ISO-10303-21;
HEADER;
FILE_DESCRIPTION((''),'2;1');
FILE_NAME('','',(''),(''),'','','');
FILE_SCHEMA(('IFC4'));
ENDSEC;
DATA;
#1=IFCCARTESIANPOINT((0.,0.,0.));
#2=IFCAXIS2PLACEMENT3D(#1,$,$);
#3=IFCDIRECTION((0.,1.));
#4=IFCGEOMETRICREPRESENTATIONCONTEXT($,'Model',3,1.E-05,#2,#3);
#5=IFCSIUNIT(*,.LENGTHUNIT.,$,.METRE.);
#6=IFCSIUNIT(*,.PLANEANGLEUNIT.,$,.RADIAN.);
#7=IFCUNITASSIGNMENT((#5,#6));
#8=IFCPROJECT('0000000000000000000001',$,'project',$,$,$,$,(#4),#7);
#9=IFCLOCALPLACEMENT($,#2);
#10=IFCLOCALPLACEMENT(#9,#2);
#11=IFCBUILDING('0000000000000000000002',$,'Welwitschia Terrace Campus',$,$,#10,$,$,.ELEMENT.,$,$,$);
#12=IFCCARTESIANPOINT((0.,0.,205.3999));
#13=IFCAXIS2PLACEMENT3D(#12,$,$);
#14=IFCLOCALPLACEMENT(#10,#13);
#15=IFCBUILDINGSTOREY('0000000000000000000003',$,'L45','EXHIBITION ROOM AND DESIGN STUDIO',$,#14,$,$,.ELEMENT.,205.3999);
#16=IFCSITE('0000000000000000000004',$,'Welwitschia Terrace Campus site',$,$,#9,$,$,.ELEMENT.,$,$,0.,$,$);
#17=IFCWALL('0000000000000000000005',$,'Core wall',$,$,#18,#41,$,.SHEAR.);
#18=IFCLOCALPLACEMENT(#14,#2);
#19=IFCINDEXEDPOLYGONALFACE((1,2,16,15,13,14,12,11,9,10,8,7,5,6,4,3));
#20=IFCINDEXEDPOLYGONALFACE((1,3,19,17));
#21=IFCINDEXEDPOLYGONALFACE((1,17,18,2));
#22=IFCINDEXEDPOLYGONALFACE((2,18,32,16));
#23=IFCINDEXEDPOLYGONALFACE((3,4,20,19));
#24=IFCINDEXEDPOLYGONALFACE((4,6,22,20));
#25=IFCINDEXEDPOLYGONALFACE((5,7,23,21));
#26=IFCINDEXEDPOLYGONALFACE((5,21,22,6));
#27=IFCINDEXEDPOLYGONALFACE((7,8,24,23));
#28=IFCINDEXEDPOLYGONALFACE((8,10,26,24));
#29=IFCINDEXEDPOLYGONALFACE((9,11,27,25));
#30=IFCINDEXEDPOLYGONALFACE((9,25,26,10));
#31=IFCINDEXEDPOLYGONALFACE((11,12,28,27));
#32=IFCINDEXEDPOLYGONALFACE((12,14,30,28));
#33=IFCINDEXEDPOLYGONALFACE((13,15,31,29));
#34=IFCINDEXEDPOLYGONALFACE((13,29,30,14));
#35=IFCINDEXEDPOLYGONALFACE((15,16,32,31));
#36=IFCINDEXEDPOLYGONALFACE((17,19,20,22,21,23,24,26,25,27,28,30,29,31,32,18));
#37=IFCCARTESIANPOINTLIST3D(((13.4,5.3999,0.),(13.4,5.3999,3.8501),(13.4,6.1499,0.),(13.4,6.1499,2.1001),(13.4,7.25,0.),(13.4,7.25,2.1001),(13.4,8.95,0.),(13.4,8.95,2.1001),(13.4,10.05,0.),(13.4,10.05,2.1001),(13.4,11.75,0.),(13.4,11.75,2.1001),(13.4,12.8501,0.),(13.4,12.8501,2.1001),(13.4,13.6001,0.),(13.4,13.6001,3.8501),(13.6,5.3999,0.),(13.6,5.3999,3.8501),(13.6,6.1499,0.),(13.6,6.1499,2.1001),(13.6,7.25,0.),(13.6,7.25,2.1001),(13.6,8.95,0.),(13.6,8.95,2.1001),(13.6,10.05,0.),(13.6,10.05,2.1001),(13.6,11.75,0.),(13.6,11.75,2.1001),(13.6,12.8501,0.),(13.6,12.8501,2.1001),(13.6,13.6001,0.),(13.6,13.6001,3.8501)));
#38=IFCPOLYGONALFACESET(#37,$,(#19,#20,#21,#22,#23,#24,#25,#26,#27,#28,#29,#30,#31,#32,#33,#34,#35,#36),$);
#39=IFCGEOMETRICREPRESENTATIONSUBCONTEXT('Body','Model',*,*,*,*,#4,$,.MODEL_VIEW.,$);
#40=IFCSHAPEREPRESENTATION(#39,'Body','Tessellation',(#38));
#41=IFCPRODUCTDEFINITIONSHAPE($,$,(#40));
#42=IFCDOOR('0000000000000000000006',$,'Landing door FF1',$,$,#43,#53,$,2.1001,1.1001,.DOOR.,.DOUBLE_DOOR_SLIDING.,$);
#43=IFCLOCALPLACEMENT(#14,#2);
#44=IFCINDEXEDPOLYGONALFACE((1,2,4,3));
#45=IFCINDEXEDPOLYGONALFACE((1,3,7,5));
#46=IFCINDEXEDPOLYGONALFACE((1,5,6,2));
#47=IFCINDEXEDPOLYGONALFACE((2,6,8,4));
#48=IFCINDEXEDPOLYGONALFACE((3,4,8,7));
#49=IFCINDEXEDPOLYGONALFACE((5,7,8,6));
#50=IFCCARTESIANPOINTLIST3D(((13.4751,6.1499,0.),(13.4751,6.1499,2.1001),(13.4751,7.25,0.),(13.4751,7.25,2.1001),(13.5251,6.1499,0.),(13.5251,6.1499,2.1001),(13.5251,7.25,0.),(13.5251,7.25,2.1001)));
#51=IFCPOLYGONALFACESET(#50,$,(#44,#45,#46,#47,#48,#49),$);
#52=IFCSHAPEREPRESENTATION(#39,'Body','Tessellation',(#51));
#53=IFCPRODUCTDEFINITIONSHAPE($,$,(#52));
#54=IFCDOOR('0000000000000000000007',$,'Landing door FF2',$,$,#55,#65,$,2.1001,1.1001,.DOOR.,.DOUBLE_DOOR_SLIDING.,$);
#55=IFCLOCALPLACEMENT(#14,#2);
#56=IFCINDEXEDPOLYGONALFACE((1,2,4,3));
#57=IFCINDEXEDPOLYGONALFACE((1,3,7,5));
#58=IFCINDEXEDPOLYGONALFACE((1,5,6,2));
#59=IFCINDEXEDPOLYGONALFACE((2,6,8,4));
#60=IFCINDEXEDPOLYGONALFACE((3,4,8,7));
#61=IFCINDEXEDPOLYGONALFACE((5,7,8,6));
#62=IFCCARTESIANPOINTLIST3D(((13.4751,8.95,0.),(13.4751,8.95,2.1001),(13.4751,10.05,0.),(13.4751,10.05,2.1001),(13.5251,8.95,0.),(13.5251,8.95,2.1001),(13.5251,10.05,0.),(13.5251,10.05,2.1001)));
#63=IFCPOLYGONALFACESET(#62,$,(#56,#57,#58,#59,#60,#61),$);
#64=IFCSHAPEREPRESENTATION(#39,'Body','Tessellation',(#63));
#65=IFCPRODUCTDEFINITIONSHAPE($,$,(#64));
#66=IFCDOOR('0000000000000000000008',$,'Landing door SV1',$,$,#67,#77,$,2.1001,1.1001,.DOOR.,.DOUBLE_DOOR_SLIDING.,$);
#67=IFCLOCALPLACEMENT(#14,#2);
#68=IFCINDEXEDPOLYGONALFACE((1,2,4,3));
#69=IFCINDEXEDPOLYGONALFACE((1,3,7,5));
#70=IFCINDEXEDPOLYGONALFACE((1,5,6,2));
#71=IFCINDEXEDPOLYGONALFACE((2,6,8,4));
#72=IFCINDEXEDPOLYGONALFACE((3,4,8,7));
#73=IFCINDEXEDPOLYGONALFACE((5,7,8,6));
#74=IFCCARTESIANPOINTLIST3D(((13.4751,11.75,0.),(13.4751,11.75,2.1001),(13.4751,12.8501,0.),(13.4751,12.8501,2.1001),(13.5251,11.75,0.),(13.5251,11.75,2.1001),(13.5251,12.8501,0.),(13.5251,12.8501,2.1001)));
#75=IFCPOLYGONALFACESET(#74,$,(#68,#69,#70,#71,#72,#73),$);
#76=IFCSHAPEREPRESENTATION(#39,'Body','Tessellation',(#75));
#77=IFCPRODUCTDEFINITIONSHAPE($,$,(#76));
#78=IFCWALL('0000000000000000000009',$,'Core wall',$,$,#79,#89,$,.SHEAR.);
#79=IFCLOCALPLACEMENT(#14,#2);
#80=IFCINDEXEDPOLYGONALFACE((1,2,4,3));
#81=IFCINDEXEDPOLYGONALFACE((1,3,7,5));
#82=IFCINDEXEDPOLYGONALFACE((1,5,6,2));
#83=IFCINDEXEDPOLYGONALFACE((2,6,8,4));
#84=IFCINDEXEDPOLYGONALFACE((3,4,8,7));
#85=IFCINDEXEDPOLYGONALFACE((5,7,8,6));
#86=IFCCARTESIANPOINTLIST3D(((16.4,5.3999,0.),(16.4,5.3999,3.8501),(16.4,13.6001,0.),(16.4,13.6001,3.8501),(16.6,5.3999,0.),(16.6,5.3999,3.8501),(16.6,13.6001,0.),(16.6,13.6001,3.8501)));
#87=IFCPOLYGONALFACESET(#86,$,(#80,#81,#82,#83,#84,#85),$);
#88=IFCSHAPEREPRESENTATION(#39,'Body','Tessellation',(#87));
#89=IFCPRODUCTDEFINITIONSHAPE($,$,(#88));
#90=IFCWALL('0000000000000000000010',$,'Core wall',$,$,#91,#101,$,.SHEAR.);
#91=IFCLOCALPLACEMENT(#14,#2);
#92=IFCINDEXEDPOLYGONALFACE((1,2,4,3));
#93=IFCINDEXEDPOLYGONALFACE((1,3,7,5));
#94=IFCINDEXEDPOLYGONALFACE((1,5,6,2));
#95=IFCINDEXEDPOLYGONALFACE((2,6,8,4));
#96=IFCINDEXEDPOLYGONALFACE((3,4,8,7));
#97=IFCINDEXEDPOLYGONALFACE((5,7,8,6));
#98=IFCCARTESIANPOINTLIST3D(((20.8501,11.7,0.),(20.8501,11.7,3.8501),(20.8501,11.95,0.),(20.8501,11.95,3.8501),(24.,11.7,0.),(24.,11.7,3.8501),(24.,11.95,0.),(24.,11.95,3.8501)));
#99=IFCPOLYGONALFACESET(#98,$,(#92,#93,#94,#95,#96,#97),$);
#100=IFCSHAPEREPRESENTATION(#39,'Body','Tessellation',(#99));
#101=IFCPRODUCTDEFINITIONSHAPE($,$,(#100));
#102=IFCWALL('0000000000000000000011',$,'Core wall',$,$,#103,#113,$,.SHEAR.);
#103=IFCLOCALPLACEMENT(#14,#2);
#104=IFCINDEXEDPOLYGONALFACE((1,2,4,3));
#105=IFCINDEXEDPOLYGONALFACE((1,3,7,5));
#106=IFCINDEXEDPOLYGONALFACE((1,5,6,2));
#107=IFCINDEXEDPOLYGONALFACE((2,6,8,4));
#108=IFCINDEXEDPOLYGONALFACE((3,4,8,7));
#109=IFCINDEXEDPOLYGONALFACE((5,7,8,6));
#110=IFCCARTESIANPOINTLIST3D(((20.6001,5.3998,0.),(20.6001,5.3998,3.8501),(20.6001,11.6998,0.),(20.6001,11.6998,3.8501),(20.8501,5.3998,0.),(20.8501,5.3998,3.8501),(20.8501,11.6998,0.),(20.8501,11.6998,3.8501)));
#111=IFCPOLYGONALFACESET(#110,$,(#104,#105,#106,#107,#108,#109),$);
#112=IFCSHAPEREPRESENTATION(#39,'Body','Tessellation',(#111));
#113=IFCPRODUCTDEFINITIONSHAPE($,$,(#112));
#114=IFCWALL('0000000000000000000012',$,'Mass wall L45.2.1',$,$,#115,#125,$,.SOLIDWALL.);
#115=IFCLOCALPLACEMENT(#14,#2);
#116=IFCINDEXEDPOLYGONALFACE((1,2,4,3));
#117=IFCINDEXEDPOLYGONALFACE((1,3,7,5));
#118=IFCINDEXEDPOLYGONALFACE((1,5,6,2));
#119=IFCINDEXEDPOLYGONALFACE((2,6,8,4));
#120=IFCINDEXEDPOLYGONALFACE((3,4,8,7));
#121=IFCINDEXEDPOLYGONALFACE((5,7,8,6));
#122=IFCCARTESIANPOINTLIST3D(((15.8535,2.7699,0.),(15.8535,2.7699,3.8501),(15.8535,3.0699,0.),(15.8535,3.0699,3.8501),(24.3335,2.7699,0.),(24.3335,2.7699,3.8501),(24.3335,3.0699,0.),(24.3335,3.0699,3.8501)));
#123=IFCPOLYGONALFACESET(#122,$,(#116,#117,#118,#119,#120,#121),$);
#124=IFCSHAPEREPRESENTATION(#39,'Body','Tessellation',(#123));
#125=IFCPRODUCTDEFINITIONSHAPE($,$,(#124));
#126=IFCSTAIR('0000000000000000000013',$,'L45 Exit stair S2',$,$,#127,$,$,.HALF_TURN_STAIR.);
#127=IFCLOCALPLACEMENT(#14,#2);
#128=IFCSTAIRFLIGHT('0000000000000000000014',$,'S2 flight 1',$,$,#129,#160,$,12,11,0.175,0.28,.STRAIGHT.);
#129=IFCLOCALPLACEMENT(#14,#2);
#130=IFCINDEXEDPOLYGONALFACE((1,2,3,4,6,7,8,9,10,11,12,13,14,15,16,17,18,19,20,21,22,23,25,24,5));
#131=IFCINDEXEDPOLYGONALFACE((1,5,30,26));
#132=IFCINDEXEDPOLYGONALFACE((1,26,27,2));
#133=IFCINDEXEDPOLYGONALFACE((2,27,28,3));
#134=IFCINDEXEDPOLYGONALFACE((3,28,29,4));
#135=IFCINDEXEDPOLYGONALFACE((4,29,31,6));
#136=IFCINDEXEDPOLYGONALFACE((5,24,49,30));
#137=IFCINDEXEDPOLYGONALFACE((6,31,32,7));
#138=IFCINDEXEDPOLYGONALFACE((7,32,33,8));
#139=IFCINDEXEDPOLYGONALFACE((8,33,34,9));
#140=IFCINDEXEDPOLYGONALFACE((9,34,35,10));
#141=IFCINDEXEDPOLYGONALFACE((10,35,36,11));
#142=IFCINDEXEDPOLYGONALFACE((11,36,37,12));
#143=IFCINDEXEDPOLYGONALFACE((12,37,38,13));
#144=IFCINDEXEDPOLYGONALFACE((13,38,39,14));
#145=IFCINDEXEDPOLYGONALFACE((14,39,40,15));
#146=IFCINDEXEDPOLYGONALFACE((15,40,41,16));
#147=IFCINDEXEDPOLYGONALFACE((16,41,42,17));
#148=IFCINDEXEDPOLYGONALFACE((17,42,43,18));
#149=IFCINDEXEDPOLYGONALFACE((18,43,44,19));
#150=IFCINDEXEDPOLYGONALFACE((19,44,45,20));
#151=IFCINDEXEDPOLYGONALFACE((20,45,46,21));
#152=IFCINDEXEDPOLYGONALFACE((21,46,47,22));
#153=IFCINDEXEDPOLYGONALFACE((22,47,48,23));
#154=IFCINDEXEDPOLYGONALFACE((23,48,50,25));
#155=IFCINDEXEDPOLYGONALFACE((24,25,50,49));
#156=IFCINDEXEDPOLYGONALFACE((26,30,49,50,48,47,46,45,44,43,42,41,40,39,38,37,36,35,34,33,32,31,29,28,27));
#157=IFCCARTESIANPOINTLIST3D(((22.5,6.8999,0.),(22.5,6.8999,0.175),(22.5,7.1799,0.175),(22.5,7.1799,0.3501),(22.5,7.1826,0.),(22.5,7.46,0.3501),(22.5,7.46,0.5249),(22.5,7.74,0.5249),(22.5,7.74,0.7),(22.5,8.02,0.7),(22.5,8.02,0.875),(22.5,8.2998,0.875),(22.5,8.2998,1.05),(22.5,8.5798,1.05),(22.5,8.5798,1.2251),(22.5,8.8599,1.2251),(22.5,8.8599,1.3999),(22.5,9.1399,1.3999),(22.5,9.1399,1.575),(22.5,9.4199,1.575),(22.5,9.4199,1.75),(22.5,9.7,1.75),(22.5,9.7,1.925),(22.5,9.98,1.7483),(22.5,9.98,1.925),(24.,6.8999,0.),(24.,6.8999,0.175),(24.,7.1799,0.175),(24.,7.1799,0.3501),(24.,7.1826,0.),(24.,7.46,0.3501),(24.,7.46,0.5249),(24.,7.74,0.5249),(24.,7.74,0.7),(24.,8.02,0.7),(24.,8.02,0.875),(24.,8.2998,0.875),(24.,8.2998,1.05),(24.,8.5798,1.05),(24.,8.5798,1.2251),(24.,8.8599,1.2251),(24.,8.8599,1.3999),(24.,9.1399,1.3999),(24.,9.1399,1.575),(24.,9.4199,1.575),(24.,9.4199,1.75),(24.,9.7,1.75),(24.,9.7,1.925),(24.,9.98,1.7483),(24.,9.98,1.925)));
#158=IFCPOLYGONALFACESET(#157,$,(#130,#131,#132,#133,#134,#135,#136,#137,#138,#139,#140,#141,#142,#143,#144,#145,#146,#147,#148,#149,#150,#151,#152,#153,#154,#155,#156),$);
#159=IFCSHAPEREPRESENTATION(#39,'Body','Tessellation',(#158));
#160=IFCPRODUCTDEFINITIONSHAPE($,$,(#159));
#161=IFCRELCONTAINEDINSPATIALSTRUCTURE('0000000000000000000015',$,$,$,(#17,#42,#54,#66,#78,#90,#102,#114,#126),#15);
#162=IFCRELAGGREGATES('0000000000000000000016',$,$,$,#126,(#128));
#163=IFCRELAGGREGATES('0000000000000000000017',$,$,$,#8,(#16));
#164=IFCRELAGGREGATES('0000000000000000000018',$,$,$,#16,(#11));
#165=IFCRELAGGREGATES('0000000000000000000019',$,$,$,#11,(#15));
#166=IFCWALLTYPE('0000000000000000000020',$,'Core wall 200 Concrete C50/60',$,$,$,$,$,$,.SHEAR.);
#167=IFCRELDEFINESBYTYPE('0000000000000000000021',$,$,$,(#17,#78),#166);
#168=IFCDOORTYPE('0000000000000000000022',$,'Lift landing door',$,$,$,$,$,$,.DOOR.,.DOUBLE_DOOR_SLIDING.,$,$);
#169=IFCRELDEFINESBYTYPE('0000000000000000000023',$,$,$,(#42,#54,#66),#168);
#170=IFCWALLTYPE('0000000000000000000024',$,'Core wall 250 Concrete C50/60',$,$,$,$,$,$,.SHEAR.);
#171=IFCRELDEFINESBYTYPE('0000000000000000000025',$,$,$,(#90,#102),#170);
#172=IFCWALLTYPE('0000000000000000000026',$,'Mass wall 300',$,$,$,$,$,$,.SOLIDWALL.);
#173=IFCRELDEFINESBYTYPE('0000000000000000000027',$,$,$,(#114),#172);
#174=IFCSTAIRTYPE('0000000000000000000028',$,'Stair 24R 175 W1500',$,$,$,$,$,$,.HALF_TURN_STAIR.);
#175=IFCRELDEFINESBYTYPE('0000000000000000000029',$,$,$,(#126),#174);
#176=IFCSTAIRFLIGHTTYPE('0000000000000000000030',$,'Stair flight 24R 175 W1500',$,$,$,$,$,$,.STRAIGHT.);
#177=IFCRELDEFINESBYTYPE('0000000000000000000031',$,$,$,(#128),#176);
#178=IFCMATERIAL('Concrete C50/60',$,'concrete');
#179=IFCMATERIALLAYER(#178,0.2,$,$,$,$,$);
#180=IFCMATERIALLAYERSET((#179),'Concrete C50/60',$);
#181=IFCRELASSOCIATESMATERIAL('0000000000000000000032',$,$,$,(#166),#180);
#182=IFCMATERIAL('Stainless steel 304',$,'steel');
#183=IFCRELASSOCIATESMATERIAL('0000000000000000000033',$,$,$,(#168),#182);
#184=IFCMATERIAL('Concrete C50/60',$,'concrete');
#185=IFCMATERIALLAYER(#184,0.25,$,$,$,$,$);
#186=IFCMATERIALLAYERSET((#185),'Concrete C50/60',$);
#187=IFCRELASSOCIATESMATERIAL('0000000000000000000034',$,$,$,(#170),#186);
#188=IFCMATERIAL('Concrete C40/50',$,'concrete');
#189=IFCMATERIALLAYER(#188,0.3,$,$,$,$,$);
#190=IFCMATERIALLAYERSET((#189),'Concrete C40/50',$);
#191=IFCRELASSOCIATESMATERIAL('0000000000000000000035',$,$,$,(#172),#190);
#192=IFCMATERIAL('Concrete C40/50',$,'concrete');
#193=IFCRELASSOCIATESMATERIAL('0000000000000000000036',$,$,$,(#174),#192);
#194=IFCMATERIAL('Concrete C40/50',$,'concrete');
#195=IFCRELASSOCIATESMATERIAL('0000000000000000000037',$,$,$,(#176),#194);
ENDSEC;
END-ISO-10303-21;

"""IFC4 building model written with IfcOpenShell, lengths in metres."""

from ifc_helpers import new_model, si_unit, direction, frame, frame_2d, origin, place, context, subcontext, project, spatial, polyline, rectangle, outline, extrude, material, layer, layer_set, type_object, element, fill, aggregate, save


model = new_model("IFC4")

# Units and contexts
model_context = context("Model", 3, precision=1e-05, world=origin(), true_north=direction((0.0, 1.0)))
body_context = subcontext(model_context, "Body", "Model", "MODEL_VIEW")
ifc_project = project(units=[si_unit("LENGTHUNIT", "METRE"), si_unit("PLANEANGLEUNIT", "RADIAN")], contexts=[model_context])

# Site, building, storey
site_placement = place(None, origin())
site = spatial("IfcSite", under=ifc_project, at=site_placement, Name="Welwitschia Terrace Campus site", CompositionType="ELEMENT", RefElevation=0.0)
building_placement = place(site_placement, origin())
building = spatial("IfcBuilding", under=site, at=building_placement, Name="Welwitschia Terrace Campus", CompositionType="ELEMENT")
storey_placement = place(building_placement, frame((0.0, 0.0, 205.3999)))
storey = spatial("IfcBuildingStorey", under=building, at=storey_placement, Name="L45", Description="EXHIBITION ROOM AND DESIGN STUDIO", CompositionType="ELEMENT", Elevation=205.3999)

# Shared definitions
ifc_material_1 = material(Name="Concrete C50/60", Category="concrete")
ifc_layer_1 = layer(ifc_material_1, 0.2)
ifc_layer_set_1 = layer_set([ifc_layer_1], Name="Concrete C50/60")
wall_type_1 = type_object("IfcWallType", Name="Core wall 200 Concrete C50/60", PredefinedType="SHEAR", material=ifc_layer_set_1)

# Wall, openings, doors
wall_1_placement = place(storey_placement, frame((13.5, 5.3999, 0.0), z_axis=(0.0, 0.0, 1.0), x_axis=(0.0, 1.0, 0.0)))
wall_1 = element("IfcWall", 1, at=wall_1_placement, inside=storey, type_object=wall_type_1, Name="Core wall", PredefinedType="SHEAR", context=body_context, shape_type="SweptSolid", body=[
    extrude(rectangle(XDim=8.2002, YDim=0.2, at=frame_2d((4.1001, 0.0))), origin(), (0.0, 0.0, 1.0), 3.8501),
])
opening_1_placement = place(wall_1_placement, frame((0.75, 0.0, 0.0)))
opening_1 = element("IfcOpeningElement", 2, at=opening_1_placement, cuts=wall_1, PredefinedType="OPENING", context=body_context, shape_type="SweptSolid", body=[
    extrude(rectangle(XDim=1.1001, YDim=2.1001, at=frame_2d((0.55, 1.05))), frame((0.0, 0.1099, 0.0), z_axis=(0.0, -1.0, 0.0), x_axis=(1.0, 0.0, 0.0)), (0.0, 0.0, 1.0), 0.22),
])
opening_2_placement = place(wall_1_placement, frame((3.55, 0.0, 0.0)))
opening_2 = element("IfcOpeningElement", 3, at=opening_2_placement, cuts=wall_1, PredefinedType="OPENING", context=body_context, shape_type="SweptSolid", body=[
    extrude(rectangle(XDim=1.1001, YDim=2.1001, at=frame_2d((0.55, 1.05))), frame((0.0, 0.1099, 0.0), z_axis=(0.0, -1.0, 0.0), x_axis=(1.0, 0.0, 0.0)), (0.0, 0.0, 1.0), 0.22),
])
opening_3_placement = place(wall_1_placement, frame((6.3501, 0.0, 0.0)))
opening_3 = element("IfcOpeningElement", 4, at=opening_3_placement, cuts=wall_1, PredefinedType="OPENING", context=body_context, shape_type="SweptSolid", body=[
    extrude(rectangle(XDim=1.1001, YDim=2.1001, at=frame_2d((0.55, 1.05))), frame((0.0, 0.1099, 0.0), z_axis=(0.0, -1.0, 0.0), x_axis=(1.0, 0.0, 0.0)), (0.0, 0.0, 1.0), 0.22),
])
ifc_material_2 = material(Name="Stainless steel 304", Category="steel")
door_type = type_object("IfcDoorType", Name="Lift landing door", OperationType="DOUBLE_DOOR_SLIDING", PredefinedType="DOOR", material=ifc_material_2)
door_1_placement = place(opening_1_placement, origin())
door_1 = element("IfcDoor", 5, at=door_1_placement, inside=storey, type_object=door_type, Name="Landing door FF1", OperationType="DOUBLE_DOOR_SLIDING", OverallHeight=2.1001, OverallWidth=1.1001, PredefinedType="DOOR", context=body_context, shape_type="SweptSolid", body=[
    extrude(rectangle(XDim=1.1001, YDim=2.1001, at=frame_2d((0.55, 1.05))), frame((0.0, 0.0249, 0.0), z_axis=(0.0, -1.0, 0.0), x_axis=(1.0, 0.0, 0.0)), (0.0, 0.0, 1.0), 0.05),
])
fill(opening_1, door_1)
door_2_placement = place(opening_2_placement, origin())
door_2 = element("IfcDoor", 6, at=door_2_placement, inside=storey, type_object=door_type, Name="Landing door FF2", OperationType="DOUBLE_DOOR_SLIDING", OverallHeight=2.1001, OverallWidth=1.1001, PredefinedType="DOOR", context=body_context, shape_type="SweptSolid", body=[
    extrude(rectangle(XDim=1.1001, YDim=2.1001, at=frame_2d((0.55, 1.05))), frame((0.0, 0.0249, 0.0), z_axis=(0.0, -1.0, 0.0), x_axis=(1.0, 0.0, 0.0)), (0.0, 0.0, 1.0), 0.05),
])
fill(opening_2, door_2)
door_3_placement = place(opening_3_placement, origin())
door_3 = element("IfcDoor", 7, at=door_3_placement, inside=storey, type_object=door_type, Name="Landing door SV1", OperationType="DOUBLE_DOOR_SLIDING", OverallHeight=2.1001, OverallWidth=1.1001, PredefinedType="DOOR", context=body_context, shape_type="SweptSolid", body=[
    extrude(rectangle(XDim=1.1001, YDim=2.1001, at=frame_2d((0.55, 1.05))), frame((0.0, 0.0249, 0.0), z_axis=(0.0, -1.0, 0.0), x_axis=(1.0, 0.0, 0.0)), (0.0, 0.0, 1.0), 0.05),
])
fill(opening_3, door_3)

# Walls
wall_2_placement = place(storey_placement, frame((16.5, 5.3999, 0.0), z_axis=(0.0, 0.0, 1.0), x_axis=(0.0, 1.0, 0.0)))
element("IfcWall", 8, at=wall_2_placement, inside=storey, type_object=wall_type_1, Name="Core wall", PredefinedType="SHEAR", context=body_context, shape_type="SweptSolid", body=[
    extrude(rectangle(XDim=8.2002, YDim=0.2, at=frame_2d((4.1001, 0.0))), origin(), (0.0, 0.0, 1.0), 3.8501),
])
ifc_material_3 = material(Name="Concrete C50/60", Category="concrete")
ifc_layer_2 = layer(ifc_material_3, 0.25)
ifc_layer_set_2 = layer_set([ifc_layer_2], Name="Concrete C50/60")
wall_type_2 = type_object("IfcWallType", Name="Core wall 250 Concrete C50/60", PredefinedType="SHEAR", material=ifc_layer_set_2)
wall_3_placement = place(storey_placement, frame((20.8501, 11.825, 0.0), z_axis=(0.0, 0.0, 1.0), x_axis=(1.0, 0.0, 0.0)))
element("IfcWall", 9, at=wall_3_placement, inside=storey, type_object=wall_type_2, Name="Core wall", PredefinedType="SHEAR", context=body_context, shape_type="SweptSolid", body=[
    extrude(rectangle(XDim=3.1499, YDim=0.25, at=frame_2d((1.575, 0.0))), origin(), (0.0, 0.0, 1.0), 3.8501),
])
wall_4_placement = place(storey_placement, frame((20.7251, 5.3999, 0.0), z_axis=(0.0, 0.0, 1.0), x_axis=(0.0, 1.0, 0.0)))
element("IfcWall", 10, at=wall_4_placement, inside=storey, type_object=wall_type_2, Name="Core wall", PredefinedType="SHEAR", context=body_context, shape_type="SweptSolid", body=[
    extrude(rectangle(XDim=6.3, YDim=0.25, at=frame_2d((3.1499, 0.0))), origin(), (0.0, 0.0, 1.0), 3.8501),
])
ifc_material_4 = material(Name="Concrete C40/50", Category="concrete")
ifc_layer_3 = layer(ifc_material_4, 0.3)
ifc_layer_set_3 = layer_set([ifc_layer_3], Name="Concrete C40/50")
wall_type_3 = type_object("IfcWallType", Name="Mass wall 300", PredefinedType="SOLIDWALL", material=ifc_layer_set_3)
wall_5_placement = place(storey_placement, frame((15.8535, 2.9199, 0.0), z_axis=(0.0, 0.0, 1.0), x_axis=(1.0, 0.0, 0.0)))
element("IfcWall", 11, at=wall_5_placement, inside=storey, type_object=wall_type_3, Name="Mass wall L45.2.1", PredefinedType="SOLIDWALL", context=body_context, shape_type="SweptSolid", body=[
    extrude(rectangle(XDim=8.48, YDim=0.3, at=frame_2d((4.24, 0.0))), origin(), (0.0, 0.0, 1.0), 3.8501),
])

# Stair, stair flight
ifc_material_5 = material(Name="Concrete C40/50", Category="concrete")
stair_type = type_object("IfcStairType", Name="Stair 24R 175 W1500", PredefinedType="HALF_TURN_STAIR", material=ifc_material_5)
stair_placement = place(storey_placement, origin())
stair = element("IfcStair", 12, at=stair_placement, inside=storey, type_object=stair_type, Name="L45 Exit stair S2", PredefinedType="HALF_TURN_STAIR")
ifc_material_6 = material(Name="Concrete C40/50", Category="concrete")
stair_flight_type = type_object("IfcStairFlightType", Name="Stair flight 24R 175 W1500", PredefinedType="STRAIGHT", material=ifc_material_6)
stair_flight_1_placement = place(storey_placement, frame((23.25, 6.8999, 0.0), z_axis=(0.0, 0.0, 1.0), x_axis=(0.0, 1.0, 0.0)))
stair_flight_1 = element("IfcStairFlight", 13, at=stair_flight_1_placement, type_object=stair_flight_type, Name="S2 flight 1", NumberOfRisers=12, NumberOfTreads=11, PredefinedType="STRAIGHT", RiserHeight=0.175, TreadLength=0.28, context=body_context, shape_type="SweptSolid", body=[
    extrude(outline(polyline([(0.0, 0.0), (0.0, 0.175), (0.28, 0.175), (0.28, 0.3501), (0.5601, 0.3501), (0.5601, 0.5249), (0.8401, 0.5249), (0.8401, 0.7), (1.1201, 0.7), (1.1201, 0.875), (1.3999, 0.875), (1.3999, 1.05), (1.6799, 1.05), (1.6799, 1.2251), (1.96, 1.2251), (1.96, 1.3999), (2.24, 1.3999), (2.24, 1.575), (2.52, 1.575), (2.52, 1.75), (2.8, 1.75), (2.8, 1.925), (3.0801, 1.925), (3.0801, 2.1001), (3.0801, 1.7483), (0.2827, 0.0), (0.0, 0.0)])), frame((0.0, 0.75, 0.0), z_axis=(0.0, -1.0, 0.0), x_axis=(1.0, 0.0, 0.0)), (0.0, 0.0, 1.0), 1.5),
])
aggregate(stair, [stair_flight_1])

save(model, "model.ifc")
